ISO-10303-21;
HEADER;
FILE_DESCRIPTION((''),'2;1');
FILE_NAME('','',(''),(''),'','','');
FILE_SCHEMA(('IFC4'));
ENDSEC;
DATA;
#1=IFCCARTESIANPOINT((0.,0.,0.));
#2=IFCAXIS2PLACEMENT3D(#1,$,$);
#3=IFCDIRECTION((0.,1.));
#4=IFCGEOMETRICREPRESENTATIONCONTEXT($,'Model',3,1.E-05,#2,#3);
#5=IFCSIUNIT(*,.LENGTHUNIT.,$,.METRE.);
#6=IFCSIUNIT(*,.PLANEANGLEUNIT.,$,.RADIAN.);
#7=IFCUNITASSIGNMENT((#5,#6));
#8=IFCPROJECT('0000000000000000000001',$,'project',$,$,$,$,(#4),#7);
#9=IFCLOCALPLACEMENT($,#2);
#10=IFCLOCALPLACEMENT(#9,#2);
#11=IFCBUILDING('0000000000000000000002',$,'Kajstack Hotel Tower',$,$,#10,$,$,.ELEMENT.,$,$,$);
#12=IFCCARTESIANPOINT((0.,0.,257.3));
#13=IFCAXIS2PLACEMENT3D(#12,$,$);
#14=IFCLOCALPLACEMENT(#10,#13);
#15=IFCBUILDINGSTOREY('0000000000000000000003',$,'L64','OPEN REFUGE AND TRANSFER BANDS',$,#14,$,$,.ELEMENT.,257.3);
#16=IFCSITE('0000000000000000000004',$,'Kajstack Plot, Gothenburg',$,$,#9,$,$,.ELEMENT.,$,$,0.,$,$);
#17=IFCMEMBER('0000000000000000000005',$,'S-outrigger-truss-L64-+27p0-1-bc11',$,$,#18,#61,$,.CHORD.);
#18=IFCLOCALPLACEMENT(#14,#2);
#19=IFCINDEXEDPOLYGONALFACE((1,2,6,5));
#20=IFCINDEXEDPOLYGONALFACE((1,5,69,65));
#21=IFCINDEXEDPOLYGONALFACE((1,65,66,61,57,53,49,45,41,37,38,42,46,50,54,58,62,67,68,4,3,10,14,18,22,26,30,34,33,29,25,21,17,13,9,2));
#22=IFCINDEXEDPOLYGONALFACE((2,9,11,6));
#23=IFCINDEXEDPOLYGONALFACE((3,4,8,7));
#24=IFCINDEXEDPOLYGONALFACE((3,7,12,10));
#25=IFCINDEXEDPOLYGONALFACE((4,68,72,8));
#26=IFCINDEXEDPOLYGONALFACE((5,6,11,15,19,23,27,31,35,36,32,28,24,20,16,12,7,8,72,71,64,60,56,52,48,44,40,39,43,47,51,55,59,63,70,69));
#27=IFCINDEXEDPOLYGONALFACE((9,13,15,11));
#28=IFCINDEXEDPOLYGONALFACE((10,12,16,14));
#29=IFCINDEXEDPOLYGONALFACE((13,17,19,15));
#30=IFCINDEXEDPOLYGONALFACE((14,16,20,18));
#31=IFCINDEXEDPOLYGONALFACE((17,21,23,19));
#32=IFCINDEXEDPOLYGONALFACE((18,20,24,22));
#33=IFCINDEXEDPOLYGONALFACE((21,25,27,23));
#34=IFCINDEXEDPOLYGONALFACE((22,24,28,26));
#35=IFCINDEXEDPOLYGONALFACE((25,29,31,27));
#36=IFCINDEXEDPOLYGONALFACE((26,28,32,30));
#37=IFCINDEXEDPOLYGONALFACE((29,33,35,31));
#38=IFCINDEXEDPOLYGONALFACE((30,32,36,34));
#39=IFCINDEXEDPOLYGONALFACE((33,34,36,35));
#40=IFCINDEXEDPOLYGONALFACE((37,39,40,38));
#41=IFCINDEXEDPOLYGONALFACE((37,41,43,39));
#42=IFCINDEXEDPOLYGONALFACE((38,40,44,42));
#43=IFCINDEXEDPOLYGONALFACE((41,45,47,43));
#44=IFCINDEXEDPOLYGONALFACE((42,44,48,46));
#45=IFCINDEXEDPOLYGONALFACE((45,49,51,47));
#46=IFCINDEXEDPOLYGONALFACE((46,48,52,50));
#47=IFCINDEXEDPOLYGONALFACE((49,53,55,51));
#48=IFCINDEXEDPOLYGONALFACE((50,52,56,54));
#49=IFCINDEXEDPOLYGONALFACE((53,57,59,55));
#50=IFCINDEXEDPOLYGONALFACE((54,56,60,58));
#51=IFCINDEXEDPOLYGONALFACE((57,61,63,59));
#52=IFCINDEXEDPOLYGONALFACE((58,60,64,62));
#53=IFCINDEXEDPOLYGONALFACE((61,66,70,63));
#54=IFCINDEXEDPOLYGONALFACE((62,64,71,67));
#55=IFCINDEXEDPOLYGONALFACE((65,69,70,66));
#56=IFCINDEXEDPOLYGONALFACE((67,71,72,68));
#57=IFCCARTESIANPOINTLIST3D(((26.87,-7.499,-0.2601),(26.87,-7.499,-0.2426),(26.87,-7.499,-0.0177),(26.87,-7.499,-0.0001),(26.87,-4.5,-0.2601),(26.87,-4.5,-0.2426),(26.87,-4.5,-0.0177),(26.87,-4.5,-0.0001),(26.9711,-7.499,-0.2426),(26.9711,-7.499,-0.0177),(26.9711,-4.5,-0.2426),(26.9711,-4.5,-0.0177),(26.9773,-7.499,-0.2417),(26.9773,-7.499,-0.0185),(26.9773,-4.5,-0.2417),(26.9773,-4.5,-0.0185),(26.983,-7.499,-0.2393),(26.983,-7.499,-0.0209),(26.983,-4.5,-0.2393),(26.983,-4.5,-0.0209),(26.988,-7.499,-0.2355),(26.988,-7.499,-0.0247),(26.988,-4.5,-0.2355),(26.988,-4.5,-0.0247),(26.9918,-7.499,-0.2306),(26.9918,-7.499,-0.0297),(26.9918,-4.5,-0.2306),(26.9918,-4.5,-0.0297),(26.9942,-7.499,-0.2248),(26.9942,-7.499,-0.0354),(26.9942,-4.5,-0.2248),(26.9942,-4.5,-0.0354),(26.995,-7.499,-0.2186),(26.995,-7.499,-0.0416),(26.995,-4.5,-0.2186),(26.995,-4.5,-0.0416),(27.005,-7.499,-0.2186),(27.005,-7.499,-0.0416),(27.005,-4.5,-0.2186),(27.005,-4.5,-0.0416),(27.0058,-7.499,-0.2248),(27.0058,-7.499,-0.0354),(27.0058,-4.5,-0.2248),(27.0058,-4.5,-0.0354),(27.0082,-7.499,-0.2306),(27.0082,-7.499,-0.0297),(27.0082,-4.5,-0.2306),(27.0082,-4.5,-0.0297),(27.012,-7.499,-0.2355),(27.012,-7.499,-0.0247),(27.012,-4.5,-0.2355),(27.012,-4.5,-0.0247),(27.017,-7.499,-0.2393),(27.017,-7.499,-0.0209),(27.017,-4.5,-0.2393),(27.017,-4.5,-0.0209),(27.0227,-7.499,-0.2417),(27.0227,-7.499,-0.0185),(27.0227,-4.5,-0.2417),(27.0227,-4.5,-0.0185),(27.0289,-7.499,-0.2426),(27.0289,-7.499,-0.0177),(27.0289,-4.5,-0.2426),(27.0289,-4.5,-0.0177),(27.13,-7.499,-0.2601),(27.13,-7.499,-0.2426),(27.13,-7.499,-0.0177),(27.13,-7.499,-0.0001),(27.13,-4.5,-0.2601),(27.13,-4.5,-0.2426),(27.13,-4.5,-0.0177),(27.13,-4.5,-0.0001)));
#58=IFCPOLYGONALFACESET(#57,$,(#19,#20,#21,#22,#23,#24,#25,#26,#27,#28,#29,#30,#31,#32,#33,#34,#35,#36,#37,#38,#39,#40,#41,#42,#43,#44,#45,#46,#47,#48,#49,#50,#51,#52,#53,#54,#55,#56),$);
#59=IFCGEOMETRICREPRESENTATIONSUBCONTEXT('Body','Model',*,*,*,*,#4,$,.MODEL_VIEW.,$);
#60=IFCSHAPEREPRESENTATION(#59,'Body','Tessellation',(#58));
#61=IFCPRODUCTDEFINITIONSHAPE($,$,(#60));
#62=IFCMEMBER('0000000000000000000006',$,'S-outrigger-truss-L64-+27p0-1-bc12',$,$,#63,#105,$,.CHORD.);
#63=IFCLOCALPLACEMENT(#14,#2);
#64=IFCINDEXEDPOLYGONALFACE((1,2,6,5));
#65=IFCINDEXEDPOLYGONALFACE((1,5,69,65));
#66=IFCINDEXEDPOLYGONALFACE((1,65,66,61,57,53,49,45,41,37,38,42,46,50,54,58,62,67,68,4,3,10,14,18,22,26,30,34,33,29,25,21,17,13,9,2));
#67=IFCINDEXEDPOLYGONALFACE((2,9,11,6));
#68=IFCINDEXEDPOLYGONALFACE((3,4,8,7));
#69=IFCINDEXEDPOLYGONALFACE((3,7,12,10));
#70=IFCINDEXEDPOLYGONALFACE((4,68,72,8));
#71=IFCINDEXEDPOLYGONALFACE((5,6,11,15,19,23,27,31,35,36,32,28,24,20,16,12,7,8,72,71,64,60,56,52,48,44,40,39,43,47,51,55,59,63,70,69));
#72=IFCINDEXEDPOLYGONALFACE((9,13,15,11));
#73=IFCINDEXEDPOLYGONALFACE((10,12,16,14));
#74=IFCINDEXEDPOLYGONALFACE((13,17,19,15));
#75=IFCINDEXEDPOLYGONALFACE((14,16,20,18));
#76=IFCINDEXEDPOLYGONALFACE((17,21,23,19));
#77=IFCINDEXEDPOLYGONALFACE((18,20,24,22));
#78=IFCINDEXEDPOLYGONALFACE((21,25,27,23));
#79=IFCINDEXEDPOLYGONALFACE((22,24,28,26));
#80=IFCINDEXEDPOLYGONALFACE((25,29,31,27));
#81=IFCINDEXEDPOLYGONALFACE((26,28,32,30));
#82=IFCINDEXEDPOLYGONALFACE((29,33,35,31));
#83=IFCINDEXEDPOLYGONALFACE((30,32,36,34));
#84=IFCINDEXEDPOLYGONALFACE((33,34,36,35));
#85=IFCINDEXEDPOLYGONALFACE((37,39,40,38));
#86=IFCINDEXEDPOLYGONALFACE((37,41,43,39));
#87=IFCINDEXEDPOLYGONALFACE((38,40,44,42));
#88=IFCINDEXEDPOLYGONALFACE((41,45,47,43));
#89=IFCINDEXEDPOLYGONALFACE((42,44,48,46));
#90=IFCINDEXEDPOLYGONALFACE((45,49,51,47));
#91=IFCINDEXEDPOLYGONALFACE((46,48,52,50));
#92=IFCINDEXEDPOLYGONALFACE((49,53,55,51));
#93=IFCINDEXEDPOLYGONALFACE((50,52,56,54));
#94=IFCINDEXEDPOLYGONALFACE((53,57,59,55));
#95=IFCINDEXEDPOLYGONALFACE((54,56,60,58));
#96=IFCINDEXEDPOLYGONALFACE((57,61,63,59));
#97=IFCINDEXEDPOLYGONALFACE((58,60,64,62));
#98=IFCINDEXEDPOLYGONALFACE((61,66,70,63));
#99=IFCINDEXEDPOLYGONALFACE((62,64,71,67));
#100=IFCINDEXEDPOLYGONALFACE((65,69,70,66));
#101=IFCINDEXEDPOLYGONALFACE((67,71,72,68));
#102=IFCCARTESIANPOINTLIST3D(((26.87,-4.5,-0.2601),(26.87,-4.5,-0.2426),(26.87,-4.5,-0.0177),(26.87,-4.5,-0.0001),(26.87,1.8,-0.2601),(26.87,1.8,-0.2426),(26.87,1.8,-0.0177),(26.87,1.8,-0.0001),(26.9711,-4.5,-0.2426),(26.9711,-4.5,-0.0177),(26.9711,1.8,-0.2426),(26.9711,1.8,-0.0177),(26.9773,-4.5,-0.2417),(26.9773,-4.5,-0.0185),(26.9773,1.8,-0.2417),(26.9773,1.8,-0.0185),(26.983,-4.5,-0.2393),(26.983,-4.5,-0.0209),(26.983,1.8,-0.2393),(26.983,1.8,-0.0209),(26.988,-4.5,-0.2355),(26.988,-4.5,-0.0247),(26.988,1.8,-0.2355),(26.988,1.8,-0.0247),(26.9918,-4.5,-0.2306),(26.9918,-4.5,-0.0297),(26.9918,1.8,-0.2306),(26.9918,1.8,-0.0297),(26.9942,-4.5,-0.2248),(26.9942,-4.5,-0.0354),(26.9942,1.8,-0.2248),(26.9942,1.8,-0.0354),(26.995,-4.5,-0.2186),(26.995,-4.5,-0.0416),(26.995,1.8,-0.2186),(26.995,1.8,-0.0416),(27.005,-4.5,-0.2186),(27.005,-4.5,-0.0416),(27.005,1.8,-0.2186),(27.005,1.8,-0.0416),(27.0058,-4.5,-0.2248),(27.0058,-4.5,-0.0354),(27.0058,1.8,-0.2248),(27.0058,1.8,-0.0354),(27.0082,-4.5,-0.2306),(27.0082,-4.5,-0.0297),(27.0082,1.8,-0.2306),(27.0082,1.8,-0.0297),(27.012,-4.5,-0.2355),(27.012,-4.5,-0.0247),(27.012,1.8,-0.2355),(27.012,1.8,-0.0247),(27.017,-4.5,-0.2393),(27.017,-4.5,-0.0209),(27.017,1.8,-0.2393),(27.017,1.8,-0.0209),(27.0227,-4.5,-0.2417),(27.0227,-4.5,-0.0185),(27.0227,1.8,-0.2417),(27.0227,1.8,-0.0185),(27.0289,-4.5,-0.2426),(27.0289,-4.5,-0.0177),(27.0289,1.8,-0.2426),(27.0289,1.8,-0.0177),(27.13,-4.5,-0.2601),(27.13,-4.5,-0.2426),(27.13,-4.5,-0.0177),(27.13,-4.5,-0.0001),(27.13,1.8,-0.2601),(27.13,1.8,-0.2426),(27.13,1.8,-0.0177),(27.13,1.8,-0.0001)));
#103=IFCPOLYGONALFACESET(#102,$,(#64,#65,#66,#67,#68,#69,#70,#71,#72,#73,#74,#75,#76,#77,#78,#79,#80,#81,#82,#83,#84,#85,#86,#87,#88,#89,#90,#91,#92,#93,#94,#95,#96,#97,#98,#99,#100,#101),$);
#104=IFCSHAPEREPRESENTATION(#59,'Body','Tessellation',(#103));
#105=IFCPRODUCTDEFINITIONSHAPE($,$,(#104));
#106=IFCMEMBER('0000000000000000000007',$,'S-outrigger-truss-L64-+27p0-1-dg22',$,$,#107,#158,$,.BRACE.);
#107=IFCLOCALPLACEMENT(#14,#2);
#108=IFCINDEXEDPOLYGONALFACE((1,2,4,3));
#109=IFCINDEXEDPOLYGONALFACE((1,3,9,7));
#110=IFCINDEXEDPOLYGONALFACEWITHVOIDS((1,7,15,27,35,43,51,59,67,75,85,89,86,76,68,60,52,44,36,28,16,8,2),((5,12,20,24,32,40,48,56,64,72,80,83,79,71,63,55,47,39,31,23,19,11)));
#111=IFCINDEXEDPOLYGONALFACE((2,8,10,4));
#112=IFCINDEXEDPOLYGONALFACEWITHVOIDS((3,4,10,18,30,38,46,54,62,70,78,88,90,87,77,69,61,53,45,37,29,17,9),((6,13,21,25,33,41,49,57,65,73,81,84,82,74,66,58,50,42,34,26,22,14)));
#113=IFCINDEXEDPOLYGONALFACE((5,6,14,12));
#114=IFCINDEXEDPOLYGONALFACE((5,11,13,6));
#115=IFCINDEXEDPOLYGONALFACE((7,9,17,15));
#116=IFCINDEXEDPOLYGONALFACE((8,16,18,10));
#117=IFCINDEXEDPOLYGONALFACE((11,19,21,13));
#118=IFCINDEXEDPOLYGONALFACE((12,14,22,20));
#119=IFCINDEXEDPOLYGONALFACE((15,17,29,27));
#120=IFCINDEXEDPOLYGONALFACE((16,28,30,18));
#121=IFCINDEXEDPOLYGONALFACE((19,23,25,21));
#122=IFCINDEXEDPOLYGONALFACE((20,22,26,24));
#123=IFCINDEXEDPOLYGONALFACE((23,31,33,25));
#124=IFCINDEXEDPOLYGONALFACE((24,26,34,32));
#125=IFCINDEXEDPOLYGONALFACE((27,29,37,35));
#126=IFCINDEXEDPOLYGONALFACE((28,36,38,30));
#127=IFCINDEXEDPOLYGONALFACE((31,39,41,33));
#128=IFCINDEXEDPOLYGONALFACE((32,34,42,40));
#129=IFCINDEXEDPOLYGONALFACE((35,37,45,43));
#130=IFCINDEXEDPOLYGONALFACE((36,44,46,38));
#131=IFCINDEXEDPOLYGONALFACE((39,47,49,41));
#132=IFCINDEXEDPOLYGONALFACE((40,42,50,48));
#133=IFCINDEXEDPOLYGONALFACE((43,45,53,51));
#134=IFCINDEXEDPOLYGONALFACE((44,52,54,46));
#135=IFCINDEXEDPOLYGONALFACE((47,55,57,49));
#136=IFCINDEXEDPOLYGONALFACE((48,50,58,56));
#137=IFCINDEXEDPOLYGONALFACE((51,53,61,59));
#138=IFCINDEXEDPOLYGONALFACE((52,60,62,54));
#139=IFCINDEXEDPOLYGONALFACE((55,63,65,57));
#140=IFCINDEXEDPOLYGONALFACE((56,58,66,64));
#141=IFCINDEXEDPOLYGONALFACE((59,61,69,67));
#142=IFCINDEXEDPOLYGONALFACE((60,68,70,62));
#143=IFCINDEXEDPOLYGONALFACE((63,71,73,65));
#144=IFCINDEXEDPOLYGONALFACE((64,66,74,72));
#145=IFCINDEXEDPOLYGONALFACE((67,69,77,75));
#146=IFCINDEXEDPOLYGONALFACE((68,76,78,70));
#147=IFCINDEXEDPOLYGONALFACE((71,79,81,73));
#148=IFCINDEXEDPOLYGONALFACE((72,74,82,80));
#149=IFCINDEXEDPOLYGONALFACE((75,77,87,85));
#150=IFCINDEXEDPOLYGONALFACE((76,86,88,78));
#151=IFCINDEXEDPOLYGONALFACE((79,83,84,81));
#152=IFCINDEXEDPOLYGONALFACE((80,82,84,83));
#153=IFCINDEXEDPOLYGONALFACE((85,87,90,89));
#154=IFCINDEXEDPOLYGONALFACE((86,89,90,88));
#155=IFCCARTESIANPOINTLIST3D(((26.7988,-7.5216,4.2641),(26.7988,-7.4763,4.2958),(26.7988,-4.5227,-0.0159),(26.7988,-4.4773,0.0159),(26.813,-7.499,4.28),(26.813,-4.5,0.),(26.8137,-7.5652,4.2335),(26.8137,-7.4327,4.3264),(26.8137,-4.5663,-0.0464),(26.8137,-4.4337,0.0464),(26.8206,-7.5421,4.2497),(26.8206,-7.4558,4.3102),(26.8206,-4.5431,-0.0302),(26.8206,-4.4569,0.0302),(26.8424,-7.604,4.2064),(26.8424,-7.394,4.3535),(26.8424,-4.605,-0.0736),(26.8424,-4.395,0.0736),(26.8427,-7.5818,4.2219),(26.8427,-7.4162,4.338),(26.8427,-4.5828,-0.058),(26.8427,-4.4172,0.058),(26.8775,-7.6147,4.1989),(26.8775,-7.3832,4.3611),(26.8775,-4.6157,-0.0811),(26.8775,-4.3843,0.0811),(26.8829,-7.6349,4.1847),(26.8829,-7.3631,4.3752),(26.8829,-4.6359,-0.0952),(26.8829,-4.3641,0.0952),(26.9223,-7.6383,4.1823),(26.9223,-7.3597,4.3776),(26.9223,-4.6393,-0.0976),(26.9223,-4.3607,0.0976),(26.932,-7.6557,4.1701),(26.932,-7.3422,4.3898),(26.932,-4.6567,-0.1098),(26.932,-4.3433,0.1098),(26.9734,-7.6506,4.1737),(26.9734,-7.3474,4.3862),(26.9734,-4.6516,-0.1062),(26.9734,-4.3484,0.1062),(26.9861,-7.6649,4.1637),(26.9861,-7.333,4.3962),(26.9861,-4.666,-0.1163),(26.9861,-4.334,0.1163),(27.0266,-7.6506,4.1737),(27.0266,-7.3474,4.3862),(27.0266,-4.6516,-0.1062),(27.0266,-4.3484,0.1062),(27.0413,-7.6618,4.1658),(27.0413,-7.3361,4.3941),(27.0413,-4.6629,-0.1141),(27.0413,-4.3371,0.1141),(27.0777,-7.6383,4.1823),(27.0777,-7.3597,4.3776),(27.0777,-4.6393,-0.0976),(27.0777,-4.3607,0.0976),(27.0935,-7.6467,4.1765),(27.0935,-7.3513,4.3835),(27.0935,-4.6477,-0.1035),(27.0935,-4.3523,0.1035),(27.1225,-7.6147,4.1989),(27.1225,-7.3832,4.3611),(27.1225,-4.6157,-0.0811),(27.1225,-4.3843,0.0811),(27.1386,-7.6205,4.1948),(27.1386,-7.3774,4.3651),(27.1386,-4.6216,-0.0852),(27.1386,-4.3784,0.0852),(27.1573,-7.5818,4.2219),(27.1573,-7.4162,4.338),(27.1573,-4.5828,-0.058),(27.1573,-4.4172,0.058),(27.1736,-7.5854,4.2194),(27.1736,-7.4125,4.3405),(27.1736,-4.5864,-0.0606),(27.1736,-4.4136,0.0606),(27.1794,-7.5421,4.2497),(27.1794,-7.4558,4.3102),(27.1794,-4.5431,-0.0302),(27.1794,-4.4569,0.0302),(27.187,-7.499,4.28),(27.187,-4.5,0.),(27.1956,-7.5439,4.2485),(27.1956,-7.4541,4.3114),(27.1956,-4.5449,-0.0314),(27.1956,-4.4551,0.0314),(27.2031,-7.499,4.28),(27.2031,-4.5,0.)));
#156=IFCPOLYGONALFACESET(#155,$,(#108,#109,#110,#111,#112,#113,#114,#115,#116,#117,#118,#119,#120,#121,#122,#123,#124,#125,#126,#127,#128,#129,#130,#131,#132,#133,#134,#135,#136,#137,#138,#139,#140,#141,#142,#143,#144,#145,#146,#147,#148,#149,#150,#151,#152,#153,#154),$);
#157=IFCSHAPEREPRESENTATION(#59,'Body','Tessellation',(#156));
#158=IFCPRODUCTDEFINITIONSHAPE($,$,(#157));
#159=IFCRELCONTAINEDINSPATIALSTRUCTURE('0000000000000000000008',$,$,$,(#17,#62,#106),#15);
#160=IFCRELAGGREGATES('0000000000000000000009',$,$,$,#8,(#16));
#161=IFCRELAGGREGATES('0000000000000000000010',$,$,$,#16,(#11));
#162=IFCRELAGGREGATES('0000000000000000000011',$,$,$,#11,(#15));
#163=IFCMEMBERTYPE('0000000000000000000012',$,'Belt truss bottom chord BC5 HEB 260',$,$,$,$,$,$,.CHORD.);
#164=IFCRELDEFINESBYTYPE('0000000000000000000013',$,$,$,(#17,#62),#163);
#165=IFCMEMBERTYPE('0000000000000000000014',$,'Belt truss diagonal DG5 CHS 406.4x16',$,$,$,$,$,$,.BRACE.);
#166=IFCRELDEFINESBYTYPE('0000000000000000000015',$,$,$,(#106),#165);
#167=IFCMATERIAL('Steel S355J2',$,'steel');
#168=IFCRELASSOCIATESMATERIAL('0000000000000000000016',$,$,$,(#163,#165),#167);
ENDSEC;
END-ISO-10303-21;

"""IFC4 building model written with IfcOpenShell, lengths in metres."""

from ifc_helpers import new_model, si_unit, direction, frame, origin, origin_2d, place, context, subcontext, project, spatial, hollow_circle, i_section, extrude, material, material_profile, profile_set, type_object, element, save


model = new_model("IFC4")

# Units and contexts
model_context = context("Model", 3, precision=1e-05, world=origin(), true_north=direction((0.0, 1.0)))
body_context = subcontext(model_context, "Body", "Model", "MODEL_VIEW")
ifc_project = project(units=[si_unit("LENGTHUNIT", "METRE"), si_unit("PLANEANGLEUNIT", "RADIAN")], contexts=[model_context])

# Site, building, storey
site_placement = place(None, origin())
site = spatial("IfcSite", under=ifc_project, at=site_placement, Name="Kajstack Plot, Gothenburg", CompositionType="ELEMENT", RefElevation=0.0)
building_placement = place(site_placement, origin())
building = spatial("IfcBuilding", under=site, at=building_placement, Name="Kajstack Hotel Tower", CompositionType="ELEMENT")
storey_placement = place(building_placement, frame((0.0, 0.0, 257.3)))
storey = spatial("IfcBuildingStorey", under=building, at=storey_placement, Name="L64", Description="OPEN REFUGE AND TRANSFER BANDS", CompositionType="ELEMENT", Elevation=257.3)

# Members
ifc_material_1 = material(Name="Steel S355J2", Category="steel")
ifc_material_profile_1 = material_profile(ifc_material_1, i_section(OverallWidth=0.26, OverallDepth=0.26, WebThickness=0.01, FlangeThickness=0.0176, FilletRadius=0.0239, at=origin_2d()), Name="HEB 260")
ifc_profile_set_1 = profile_set([ifc_material_profile_1], Name="Steel S355J2")
member_type_1 = type_object("IfcMemberType", Name="Belt truss bottom chord BC5 HEB 260", PredefinedType="CHORD", material=ifc_profile_set_1)
member_1_placement = place(storey_placement, frame((27.0, -7.499, -0.1301), z_axis=(0.0, 1.0, 0.0), x_axis=(-1.0, 0.0, 0.0)))
element("IfcMember", 1, at=member_1_placement, inside=storey, type_object=member_type_1, Name="S-outrigger-truss-L64-+27p0-1-bc11", PredefinedType="CHORD", context=body_context, shape_type="SweptSolid", body=[
    extrude(i_section(OverallWidth=0.26, OverallDepth=0.26, WebThickness=0.01, FlangeThickness=0.0176, FilletRadius=0.0239, at=origin_2d()), origin(), (0.0, 0.0, 1.0), 2.999),
])
member_2_placement = place(storey_placement, frame((27.0, -4.5, -0.1301), z_axis=(0.0, 1.0, 0.0), x_axis=(-1.0, 0.0, 0.0)))
element("IfcMember", 2, at=member_2_placement, inside=storey, type_object=member_type_1, Name="S-outrigger-truss-L64-+27p0-1-bc12", PredefinedType="CHORD", context=body_context, shape_type="SweptSolid", body=[
    extrude(i_section(OverallWidth=0.26, OverallDepth=0.26, WebThickness=0.01, FlangeThickness=0.0176, FilletRadius=0.0239, at=origin_2d()), origin(), (0.0, 0.0, 1.0), 6.3),
])
ifc_material_profile_2 = material_profile(ifc_material_1, hollow_circle(Radius=0.2031, WallThickness=0.0161, at=origin_2d()), Name="CHS 406.4x16")
ifc_profile_set_2 = profile_set([ifc_material_profile_2], Name="Steel S355J2")
member_type_2 = type_object("IfcMemberType", Name="Belt truss diagonal DG5 CHS 406.4x16", PredefinedType="BRACE", material=ifc_profile_set_2)
member_3_placement = place(storey_placement, frame((27.0, -4.5, 0.0), z_axis=(0.0, -0.573848, 0.818962), x_axis=(1.0, 0.0, 0.0)))
element("IfcMember", 3, at=member_3_placement, inside=storey, type_object=member_type_2, Name="S-outrigger-truss-L64-+27p0-1-dg22", PredefinedType="BRACE", context=body_context, shape_type="SweptSolid", body=[
    extrude(hollow_circle(Radius=0.2031, WallThickness=0.0161, at=origin_2d()), origin(), (0.0, 0.0, 1.0), 5.2261),
])

save(model, "model.ifc")
